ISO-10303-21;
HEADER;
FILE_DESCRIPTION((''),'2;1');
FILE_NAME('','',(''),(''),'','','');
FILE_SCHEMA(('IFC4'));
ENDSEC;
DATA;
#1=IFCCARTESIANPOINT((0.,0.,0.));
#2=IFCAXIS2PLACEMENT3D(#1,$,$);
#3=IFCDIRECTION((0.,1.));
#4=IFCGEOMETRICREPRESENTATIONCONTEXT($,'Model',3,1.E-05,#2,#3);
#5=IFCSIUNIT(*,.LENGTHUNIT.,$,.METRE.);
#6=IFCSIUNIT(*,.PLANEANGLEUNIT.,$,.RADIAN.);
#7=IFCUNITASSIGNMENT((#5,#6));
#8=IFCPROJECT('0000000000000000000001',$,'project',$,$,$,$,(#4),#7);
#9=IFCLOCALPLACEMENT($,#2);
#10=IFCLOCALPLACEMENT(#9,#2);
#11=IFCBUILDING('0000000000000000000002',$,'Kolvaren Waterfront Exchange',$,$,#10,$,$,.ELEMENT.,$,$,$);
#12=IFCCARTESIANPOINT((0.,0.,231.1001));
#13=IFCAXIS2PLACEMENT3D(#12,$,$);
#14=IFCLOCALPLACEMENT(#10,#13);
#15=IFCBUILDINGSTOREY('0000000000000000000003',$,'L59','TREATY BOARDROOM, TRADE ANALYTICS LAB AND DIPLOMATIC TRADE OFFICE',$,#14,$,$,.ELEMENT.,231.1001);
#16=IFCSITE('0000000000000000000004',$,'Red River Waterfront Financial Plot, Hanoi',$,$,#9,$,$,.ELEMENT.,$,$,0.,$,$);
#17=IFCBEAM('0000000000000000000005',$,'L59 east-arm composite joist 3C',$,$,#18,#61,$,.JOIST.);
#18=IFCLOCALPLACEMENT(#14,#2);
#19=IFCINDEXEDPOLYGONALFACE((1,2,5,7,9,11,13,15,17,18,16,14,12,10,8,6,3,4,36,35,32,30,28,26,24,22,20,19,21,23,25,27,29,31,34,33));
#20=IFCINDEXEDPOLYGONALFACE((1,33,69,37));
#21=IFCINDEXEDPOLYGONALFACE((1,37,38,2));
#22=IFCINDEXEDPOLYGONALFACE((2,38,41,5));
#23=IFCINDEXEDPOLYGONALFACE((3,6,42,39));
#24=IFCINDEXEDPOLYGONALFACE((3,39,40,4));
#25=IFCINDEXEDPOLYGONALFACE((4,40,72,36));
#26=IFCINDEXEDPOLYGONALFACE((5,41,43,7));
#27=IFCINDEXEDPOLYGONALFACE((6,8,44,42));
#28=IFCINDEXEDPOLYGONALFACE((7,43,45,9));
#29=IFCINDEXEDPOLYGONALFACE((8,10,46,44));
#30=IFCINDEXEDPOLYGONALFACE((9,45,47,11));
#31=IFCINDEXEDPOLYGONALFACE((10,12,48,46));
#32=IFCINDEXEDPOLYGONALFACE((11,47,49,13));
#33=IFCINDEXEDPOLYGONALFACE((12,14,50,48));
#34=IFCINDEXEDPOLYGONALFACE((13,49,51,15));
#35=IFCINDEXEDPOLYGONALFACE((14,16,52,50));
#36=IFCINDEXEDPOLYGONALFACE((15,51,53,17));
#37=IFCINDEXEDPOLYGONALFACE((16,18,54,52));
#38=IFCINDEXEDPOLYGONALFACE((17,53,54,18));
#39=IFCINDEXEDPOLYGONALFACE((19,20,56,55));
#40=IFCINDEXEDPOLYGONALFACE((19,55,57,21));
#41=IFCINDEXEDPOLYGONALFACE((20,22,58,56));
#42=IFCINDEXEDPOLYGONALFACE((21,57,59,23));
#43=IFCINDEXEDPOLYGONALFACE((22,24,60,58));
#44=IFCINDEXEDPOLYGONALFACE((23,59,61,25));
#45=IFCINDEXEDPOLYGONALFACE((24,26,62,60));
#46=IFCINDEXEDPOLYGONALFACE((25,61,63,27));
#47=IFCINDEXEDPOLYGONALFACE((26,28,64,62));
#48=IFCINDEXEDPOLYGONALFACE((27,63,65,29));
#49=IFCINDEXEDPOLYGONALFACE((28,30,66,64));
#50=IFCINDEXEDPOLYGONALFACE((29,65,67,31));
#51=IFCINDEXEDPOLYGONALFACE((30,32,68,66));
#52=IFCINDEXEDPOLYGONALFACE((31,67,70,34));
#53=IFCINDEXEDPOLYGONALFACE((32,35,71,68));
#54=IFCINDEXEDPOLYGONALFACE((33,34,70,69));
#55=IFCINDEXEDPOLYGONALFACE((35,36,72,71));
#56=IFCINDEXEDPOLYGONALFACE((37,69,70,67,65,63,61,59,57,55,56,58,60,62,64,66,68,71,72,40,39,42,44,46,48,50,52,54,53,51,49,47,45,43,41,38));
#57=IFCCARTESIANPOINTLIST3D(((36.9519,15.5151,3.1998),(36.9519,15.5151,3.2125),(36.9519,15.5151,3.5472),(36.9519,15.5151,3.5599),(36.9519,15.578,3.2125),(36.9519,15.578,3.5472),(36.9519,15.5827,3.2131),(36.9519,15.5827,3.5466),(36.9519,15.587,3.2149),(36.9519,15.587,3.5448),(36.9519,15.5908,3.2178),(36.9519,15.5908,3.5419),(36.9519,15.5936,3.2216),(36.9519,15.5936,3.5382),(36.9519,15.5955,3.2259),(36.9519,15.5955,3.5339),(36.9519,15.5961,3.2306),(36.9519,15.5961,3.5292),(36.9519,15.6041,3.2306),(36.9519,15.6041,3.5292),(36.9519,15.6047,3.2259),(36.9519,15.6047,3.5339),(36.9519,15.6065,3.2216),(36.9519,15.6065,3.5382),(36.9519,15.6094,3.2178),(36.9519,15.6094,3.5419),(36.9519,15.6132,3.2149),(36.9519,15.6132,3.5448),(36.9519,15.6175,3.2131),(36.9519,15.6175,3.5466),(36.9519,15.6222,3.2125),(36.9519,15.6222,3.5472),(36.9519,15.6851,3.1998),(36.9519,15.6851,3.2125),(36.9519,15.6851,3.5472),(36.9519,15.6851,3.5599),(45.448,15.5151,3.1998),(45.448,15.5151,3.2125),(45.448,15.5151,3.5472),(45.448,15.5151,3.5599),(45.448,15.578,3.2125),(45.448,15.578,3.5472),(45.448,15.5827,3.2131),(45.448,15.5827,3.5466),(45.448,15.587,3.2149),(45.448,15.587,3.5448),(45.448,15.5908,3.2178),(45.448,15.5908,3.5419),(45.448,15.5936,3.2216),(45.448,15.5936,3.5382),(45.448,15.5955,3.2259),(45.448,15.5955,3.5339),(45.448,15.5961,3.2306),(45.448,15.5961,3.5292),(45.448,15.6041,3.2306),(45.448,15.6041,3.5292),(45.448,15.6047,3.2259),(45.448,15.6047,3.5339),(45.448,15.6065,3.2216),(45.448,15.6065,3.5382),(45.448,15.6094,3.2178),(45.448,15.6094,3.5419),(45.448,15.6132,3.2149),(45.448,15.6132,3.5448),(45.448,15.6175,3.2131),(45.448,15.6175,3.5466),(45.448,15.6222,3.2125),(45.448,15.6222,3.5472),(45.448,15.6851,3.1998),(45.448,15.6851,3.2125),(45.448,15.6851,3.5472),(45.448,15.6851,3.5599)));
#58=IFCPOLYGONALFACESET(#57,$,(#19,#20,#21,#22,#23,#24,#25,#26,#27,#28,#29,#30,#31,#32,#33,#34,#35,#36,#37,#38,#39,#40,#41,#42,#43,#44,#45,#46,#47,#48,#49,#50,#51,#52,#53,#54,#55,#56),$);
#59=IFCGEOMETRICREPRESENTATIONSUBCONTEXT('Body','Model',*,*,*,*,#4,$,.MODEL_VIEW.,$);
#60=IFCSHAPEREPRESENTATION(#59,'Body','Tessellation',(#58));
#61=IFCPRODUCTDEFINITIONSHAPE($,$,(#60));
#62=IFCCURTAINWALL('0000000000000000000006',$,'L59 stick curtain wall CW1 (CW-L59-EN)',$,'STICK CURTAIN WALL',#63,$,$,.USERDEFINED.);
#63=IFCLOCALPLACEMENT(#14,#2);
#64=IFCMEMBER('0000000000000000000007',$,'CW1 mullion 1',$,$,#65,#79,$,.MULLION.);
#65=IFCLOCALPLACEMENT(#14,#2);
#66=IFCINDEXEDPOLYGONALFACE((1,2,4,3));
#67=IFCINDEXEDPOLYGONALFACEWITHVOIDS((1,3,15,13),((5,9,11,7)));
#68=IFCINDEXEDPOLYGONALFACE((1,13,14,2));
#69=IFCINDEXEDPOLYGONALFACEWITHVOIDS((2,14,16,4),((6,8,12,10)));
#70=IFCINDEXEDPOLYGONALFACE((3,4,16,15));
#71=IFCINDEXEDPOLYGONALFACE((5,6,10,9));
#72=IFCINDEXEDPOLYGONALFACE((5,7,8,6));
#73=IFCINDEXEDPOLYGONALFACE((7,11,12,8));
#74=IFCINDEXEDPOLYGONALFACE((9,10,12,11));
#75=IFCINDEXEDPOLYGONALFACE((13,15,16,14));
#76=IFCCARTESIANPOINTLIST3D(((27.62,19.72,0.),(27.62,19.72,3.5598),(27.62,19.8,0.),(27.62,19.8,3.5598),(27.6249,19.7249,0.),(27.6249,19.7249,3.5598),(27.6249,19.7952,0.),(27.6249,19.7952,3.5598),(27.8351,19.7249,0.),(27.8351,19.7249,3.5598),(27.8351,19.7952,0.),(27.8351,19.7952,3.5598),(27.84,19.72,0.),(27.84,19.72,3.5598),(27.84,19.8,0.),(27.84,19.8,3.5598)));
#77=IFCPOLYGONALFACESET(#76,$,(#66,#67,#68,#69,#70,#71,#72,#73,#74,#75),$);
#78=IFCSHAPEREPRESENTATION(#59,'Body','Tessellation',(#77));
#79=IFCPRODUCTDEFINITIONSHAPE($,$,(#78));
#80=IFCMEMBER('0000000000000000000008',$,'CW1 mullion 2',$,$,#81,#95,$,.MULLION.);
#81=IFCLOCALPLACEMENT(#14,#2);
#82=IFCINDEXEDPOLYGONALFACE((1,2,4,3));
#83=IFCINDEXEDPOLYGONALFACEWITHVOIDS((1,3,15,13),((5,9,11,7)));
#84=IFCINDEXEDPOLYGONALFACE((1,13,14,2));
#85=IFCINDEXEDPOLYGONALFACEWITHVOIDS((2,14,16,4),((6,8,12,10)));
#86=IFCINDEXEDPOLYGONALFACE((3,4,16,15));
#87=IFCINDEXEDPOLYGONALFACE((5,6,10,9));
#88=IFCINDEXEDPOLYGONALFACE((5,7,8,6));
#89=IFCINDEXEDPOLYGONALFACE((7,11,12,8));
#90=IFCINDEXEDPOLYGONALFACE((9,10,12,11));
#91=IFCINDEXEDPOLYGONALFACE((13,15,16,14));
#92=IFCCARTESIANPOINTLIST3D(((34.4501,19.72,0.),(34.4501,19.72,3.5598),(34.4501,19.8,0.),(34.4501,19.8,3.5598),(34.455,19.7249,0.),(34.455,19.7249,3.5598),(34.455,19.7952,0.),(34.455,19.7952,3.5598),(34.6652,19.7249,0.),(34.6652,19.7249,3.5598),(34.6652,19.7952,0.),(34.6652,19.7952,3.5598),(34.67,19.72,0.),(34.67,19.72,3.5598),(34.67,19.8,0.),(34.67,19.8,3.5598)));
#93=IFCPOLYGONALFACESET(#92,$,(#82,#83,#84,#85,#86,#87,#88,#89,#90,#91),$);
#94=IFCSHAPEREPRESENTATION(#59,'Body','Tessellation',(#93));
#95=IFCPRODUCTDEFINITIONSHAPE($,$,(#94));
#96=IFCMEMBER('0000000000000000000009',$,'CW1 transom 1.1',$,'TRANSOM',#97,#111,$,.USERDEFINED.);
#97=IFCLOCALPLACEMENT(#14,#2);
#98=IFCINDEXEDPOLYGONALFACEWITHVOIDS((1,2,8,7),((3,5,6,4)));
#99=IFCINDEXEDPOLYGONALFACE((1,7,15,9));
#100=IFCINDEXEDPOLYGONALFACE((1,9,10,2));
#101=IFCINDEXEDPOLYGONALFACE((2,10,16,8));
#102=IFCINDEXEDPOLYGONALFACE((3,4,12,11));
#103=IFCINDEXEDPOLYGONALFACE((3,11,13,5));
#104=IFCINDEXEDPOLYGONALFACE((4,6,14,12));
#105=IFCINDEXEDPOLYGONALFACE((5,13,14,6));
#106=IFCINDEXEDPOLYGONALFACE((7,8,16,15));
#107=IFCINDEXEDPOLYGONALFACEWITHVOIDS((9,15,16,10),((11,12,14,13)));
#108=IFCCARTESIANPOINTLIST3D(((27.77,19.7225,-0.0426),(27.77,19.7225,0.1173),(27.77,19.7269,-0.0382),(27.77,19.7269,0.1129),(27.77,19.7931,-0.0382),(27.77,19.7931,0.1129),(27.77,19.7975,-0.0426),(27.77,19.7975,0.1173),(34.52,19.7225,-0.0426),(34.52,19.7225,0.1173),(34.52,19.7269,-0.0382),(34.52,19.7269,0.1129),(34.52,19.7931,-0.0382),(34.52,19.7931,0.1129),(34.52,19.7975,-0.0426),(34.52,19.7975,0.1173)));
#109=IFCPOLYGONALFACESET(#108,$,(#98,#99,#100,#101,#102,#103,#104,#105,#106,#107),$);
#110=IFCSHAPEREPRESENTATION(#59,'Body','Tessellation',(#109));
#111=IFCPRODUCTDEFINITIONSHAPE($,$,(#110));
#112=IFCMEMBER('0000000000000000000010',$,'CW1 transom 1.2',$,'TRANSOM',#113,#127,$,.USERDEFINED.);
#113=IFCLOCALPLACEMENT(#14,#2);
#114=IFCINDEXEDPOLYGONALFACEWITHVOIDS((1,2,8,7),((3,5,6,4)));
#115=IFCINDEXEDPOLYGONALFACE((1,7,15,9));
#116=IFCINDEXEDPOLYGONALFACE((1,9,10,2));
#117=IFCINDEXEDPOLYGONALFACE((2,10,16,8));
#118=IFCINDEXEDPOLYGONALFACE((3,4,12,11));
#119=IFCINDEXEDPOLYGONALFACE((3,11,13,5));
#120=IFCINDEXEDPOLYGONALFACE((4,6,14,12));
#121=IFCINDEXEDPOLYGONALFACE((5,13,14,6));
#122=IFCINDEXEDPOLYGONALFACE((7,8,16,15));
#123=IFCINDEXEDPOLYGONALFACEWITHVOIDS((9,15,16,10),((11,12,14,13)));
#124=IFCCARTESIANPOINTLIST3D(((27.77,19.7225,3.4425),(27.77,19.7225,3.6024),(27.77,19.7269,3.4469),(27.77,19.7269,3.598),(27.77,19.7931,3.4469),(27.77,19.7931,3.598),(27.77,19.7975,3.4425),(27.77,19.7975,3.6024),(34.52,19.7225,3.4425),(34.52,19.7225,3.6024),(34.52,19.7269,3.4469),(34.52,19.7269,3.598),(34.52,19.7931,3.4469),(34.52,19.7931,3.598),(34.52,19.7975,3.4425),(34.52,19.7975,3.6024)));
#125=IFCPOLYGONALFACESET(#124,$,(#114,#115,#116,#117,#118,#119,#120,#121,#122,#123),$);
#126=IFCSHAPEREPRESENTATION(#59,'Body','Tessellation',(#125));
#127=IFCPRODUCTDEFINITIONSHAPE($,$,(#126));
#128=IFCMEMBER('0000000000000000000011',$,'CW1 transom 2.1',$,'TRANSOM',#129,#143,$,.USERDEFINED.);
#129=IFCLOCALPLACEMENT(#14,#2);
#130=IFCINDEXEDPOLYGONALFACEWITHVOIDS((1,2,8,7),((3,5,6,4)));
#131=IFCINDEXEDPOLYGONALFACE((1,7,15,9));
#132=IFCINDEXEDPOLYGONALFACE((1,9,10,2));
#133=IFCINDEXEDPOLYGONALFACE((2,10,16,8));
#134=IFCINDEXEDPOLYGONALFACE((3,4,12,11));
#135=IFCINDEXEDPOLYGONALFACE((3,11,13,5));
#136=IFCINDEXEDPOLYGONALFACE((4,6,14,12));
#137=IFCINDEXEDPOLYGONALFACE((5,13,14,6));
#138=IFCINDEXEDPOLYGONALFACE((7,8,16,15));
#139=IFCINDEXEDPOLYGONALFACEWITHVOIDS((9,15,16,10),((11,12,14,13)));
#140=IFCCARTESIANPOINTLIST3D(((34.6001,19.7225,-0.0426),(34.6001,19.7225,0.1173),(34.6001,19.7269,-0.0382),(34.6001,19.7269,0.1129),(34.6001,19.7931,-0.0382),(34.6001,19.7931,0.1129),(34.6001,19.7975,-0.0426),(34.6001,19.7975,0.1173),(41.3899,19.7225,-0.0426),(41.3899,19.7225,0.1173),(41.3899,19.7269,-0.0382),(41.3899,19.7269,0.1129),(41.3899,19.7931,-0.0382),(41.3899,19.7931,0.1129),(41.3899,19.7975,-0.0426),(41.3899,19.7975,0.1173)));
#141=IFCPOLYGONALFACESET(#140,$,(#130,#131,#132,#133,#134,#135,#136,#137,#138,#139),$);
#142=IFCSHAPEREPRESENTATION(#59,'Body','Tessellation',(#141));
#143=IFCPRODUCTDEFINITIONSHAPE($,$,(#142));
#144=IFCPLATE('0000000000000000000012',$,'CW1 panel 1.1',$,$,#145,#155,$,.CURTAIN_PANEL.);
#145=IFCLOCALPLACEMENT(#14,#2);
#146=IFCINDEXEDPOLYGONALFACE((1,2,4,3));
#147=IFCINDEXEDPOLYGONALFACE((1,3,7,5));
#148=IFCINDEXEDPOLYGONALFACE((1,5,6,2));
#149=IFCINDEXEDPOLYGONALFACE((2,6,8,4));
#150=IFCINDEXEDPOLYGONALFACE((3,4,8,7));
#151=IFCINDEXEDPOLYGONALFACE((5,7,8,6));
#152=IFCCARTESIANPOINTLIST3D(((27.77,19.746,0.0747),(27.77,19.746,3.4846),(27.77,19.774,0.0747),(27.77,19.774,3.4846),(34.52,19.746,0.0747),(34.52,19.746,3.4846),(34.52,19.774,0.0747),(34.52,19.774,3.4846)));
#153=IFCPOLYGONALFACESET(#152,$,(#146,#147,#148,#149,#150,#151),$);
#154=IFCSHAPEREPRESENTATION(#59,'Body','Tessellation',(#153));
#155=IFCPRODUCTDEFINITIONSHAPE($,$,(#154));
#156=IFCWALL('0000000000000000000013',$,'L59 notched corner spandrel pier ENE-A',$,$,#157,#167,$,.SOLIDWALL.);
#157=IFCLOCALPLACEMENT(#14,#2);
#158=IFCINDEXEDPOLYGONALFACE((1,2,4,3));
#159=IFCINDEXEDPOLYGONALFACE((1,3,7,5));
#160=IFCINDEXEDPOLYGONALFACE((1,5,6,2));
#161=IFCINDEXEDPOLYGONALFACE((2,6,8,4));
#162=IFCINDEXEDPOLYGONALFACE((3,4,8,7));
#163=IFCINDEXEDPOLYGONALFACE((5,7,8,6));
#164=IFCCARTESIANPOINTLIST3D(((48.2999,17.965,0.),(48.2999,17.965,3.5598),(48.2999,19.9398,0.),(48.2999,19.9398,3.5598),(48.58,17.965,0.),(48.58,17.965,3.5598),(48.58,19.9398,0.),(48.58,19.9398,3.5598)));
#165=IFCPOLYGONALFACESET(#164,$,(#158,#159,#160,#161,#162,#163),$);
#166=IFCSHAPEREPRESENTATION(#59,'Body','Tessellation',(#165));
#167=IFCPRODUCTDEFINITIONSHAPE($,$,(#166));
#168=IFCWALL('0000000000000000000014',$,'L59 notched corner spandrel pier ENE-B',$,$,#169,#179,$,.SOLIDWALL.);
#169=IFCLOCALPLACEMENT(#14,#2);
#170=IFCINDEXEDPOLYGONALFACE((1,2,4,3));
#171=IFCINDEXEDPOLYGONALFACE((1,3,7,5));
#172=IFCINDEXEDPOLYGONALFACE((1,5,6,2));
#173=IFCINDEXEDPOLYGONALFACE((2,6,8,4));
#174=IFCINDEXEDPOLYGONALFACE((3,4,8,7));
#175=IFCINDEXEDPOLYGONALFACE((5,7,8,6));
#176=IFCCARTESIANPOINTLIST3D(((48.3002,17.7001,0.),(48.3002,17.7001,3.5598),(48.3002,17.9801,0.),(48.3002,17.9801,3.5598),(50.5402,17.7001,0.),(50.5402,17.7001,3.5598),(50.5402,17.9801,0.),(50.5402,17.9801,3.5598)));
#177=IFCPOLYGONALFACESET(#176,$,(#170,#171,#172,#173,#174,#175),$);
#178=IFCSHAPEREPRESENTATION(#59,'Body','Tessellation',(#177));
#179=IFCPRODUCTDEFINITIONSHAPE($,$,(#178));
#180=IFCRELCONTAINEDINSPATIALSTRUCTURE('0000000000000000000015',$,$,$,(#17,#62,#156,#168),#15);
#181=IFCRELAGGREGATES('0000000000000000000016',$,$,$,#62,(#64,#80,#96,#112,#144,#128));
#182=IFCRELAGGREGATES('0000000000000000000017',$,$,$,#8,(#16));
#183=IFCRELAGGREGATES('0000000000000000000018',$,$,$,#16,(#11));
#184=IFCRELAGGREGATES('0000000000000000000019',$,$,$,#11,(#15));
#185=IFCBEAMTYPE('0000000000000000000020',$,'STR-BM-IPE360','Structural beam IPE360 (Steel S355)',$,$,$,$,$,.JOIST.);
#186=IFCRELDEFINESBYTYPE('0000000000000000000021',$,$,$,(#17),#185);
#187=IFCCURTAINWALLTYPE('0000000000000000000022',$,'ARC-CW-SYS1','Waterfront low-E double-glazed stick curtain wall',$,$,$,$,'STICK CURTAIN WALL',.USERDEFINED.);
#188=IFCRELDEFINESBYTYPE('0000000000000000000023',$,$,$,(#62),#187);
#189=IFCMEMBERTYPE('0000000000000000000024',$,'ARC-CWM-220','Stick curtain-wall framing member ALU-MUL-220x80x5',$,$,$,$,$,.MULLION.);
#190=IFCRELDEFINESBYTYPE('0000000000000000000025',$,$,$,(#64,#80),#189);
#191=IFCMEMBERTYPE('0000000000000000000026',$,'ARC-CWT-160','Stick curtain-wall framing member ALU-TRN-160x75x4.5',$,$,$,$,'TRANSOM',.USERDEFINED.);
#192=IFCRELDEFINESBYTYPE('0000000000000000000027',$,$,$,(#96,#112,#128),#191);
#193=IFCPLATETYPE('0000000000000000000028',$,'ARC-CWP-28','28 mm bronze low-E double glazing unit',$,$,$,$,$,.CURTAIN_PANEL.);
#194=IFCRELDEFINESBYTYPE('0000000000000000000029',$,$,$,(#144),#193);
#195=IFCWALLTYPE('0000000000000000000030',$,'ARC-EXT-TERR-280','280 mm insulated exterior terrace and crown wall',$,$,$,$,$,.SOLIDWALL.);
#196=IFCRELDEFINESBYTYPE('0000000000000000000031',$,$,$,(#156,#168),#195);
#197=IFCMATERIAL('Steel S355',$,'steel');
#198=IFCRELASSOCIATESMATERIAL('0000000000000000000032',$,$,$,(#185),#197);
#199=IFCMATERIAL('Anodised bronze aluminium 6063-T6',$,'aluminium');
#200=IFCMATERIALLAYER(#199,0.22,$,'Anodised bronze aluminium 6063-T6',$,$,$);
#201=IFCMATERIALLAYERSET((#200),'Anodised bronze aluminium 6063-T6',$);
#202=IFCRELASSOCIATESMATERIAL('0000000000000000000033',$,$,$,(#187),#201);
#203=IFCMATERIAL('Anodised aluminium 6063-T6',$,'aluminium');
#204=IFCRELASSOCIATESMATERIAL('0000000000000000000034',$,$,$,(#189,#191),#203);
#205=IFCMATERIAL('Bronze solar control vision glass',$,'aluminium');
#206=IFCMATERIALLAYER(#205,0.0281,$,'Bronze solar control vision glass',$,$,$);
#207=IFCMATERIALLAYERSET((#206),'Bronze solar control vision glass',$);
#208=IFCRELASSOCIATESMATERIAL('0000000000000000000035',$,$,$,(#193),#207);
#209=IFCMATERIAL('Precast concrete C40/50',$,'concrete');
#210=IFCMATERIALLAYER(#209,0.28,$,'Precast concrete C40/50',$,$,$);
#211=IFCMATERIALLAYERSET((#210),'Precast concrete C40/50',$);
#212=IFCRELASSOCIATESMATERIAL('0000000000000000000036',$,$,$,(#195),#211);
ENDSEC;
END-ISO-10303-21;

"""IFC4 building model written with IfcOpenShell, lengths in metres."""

from ifc_helpers import new_model, si_unit, direction, frame, frame_2d, origin, origin_with_axes, origin_2d, place, context, subcontext, project, spatial, rectangle, hollow_rectangle, i_section, extrude, source, transform, mapped, material, layer, layer_set, material_profile, profile_set, type_object, element, aggregate, save


model = new_model("IFC4")

# Units and contexts
model_context = context("Model", 3, precision=1e-05, world=origin(), true_north=direction((0.0, 1.0)))
body_context = subcontext(model_context, "Body", "Model", "MODEL_VIEW")
ifc_project = project(units=[si_unit("LENGTHUNIT", "METRE"), si_unit("PLANEANGLEUNIT", "RADIAN")], contexts=[model_context])

# Site, building, storey
site_placement = place(None, origin())
site = spatial("IfcSite", under=ifc_project, at=site_placement, Name="Red River Waterfront Financial Plot, Hanoi", CompositionType="ELEMENT", RefElevation=0.0)
building_placement = place(site_placement, origin())
building = spatial("IfcBuilding", under=site, at=building_placement, Name="Kolvaren Waterfront Exchange", CompositionType="ELEMENT")
storey_placement = place(building_placement, frame((0.0, 0.0, 231.1001)))
storey = spatial("IfcBuildingStorey", under=building, at=storey_placement, Name="L59", Description="TREATY BOARDROOM, TRADE ANALYTICS LAB AND DIPLOMATIC TRADE OFFICE", CompositionType="ELEMENT", Elevation=231.1001)

# Beam
ifc_material_1 = material(Name="Steel S355", Category="steel")
ifc_material_profile_1 = material_profile(ifc_material_1, i_section(OverallWidth=0.1699, OverallDepth=0.3601, WebThickness=0.0081, FlangeThickness=0.0127, FilletRadius=0.0181, at=origin_2d()), Name="IPE360")
ifc_profile_set_1 = profile_set([ifc_material_profile_1], Name="Steel S355")
beam_type_1 = type_object("IfcBeamType", Name="STR-BM-IPE360", Description="Structural beam IPE360 (Steel S355)", PredefinedType="JOIST", material=ifc_profile_set_1)
for number, where, z_axis, x_axis, name in (
    (1, (36.9519, 15.6001, 3.3799), (1.0, 0.0, 0.0), (0.0, 1.0, 0.0), "L59 east-arm composite joist 3C"),
):
    element("IfcBeam", number, at=place(storey_placement, frame(where, z_axis=z_axis, x_axis=x_axis)), inside=storey, type_object=beam_type_1, Name=name, PredefinedType="JOIST", context=body_context, shape_type="SweptSolid", body=[
        extrude(i_section(OverallWidth=0.1699, OverallDepth=0.3601, WebThickness=0.0081, FlangeThickness=0.0127, FilletRadius=0.0181, at=origin_2d()), origin(), (0.0, 0.0, 1.0), 8.4961),
    ])

# Curtain wall, members, plate
ifc_material_2 = material(Name="Anodised bronze aluminium 6063-T6", Category="aluminium")
ifc_layer_1 = layer(ifc_material_2, 0.22, Name="Anodised bronze aluminium 6063-T6")
ifc_layer_set_1 = layer_set([ifc_layer_1], Name="Anodised bronze aluminium 6063-T6")
curtain_wall_type = type_object("IfcCurtainWallType", Name="ARC-CW-SYS1", Description="Waterfront low-E double-glazed stick curtain wall", ElementType="STICK CURTAIN WALL", PredefinedType="USERDEFINED", material=ifc_layer_set_1)
curtain_wall_placement = place(storey_placement, origin())
curtain_wall = element("IfcCurtainWall", 2, at=curtain_wall_placement, inside=storey, type_object=curtain_wall_type, Name="L59 stick curtain wall CW1 (CW-L59-EN)", ObjectType="STICK CURTAIN WALL", PredefinedType="USERDEFINED")
ifc_material_3 = material(Name="Anodised aluminium 6063-T6", Category="aluminium")
ifc_material_profile_2 = material_profile(ifc_material_3, hollow_rectangle(XDim=0.0801, YDim=0.22, WallThickness=0.0049, at=origin_2d()), Name="ALU-MUL-220x80x5")
ifc_profile_set_2 = profile_set([ifc_material_profile_2], Name="Anodised aluminium 6063-T6")
member_type_1 = type_object("IfcMemberType", Name="ARC-CWM-220", Description="Stick curtain-wall framing member ALU-MUL-220x80x5", PredefinedType="MULLION", material=ifc_profile_set_2)
shared_shape_1 = source(origin_with_axes(), body_context, "Body", "SweptSolid", [
    extrude(hollow_rectangle(XDim=0.0801, YDim=0.22, WallThickness=0.0049, at=origin_2d()), origin(), (0.0, 0.0, 1.0), 3.5598),
])
member_1_placement = place(storey_placement, frame((27.73, 19.76, 0.0), z_axis=(0.0, 0.0, 1.0), x_axis=(0.0, 1.0, 0.0)))
member_1 = element("IfcMember", 3, at=member_1_placement, type_object=member_type_1, Name="CW1 mullion 1", PredefinedType="MULLION", context=body_context, shape_type="MappedRepresentation", body=[
    mapped(shared_shape_1, transform((0.0, 0.0, 0.0), x_axis=(1.0, 0.0, 0.0), y_axis=(0.0, 1.0, 0.0), z_axis=(0.0, 0.0, 1.0), scale=1.0)),
])
member_2_placement = place(storey_placement, frame((34.5601, 19.76, 0.0), z_axis=(0.0, 0.0, 1.0), x_axis=(0.0, 1.0, 0.0)))
member_2 = element("IfcMember", 4, at=member_2_placement, type_object=member_type_1, Name="CW1 mullion 2", PredefinedType="MULLION", context=body_context, shape_type="MappedRepresentation", body=[
    mapped(shared_shape_1, transform((0.0, 0.0, 0.0), x_axis=(1.0, 0.0, 0.0), y_axis=(0.0, 1.0, 0.0), z_axis=(0.0, 0.0, 1.0), scale=1.0)),
])
ifc_material_profile_3 = material_profile(ifc_material_3, hollow_rectangle(XDim=0.075, YDim=0.1599, WallThickness=0.0044, at=origin_2d()), Name="ALU-TRN-160x75x4.5")
ifc_profile_set_3 = profile_set([ifc_material_profile_3], Name="Anodised aluminium 6063-T6")
member_type_2 = type_object("IfcMemberType", Name="ARC-CWT-160", Description="Stick curtain-wall framing member ALU-TRN-160x75x4.5", ElementType="TRANSOM", PredefinedType="USERDEFINED", material=ifc_profile_set_3)
shared_shape_2 = source(origin_with_axes(), body_context, "Body", "SweptSolid", [
    extrude(hollow_rectangle(XDim=0.075, YDim=0.1599, WallThickness=0.0044, at=origin_2d()), origin(), (0.0, 0.0, 1.0), 6.75),
])
member_3_placement = place(storey_placement, frame((27.77, 19.76, 0.0374), z_axis=(1.0, 0.0, 0.0), x_axis=(0.0, 1.0, 0.0)))
member_3 = element("IfcMember", 5, at=member_3_placement, type_object=member_type_2, Name="CW1 transom 1.1", ObjectType="TRANSOM", PredefinedType="USERDEFINED", context=body_context, shape_type="MappedRepresentation", body=[
    mapped(shared_shape_2, transform((0.0, 0.0, 0.0), x_axis=(1.0, 0.0, 0.0), y_axis=(0.0, 1.0, 0.0), z_axis=(0.0, 0.0, 1.0), scale=1.0)),
])
member_4_placement = place(storey_placement, frame((27.77, 19.76, 3.5225), z_axis=(1.0, 0.0, 0.0), x_axis=(0.0, 1.0, 0.0)))
member_4 = element("IfcMember", 6, at=member_4_placement, type_object=member_type_2, Name="CW1 transom 1.2", ObjectType="TRANSOM", PredefinedType="USERDEFINED", context=body_context, shape_type="MappedRepresentation", body=[
    mapped(shared_shape_2, transform((0.0, 0.0, 0.0), x_axis=(1.0, 0.0, 0.0), y_axis=(0.0, 1.0, 0.0), z_axis=(0.0, 0.0, 1.0), scale=1.0)),
])
shared_shape_3 = source(origin_with_axes(), body_context, "Body", "SweptSolid", [
    extrude(hollow_rectangle(XDim=0.075, YDim=0.1599, WallThickness=0.0044, at=origin_2d()), origin(), (0.0, 0.0, 1.0), 6.7898),
])
member_5_placement = place(storey_placement, frame((34.6001, 19.76, 0.0374), z_axis=(1.0, 0.0, 0.0), x_axis=(0.0, 1.0, 0.0)))
member_5 = element("IfcMember", 7, at=member_5_placement, type_object=member_type_2, Name="CW1 transom 2.1", ObjectType="TRANSOM", PredefinedType="USERDEFINED", context=body_context, shape_type="MappedRepresentation", body=[
    mapped(shared_shape_3, transform((0.0, 0.0, 0.0), x_axis=(1.0, 0.0, 0.0), y_axis=(0.0, 1.0, 0.0), z_axis=(0.0, 0.0, 1.0), scale=1.0)),
])
ifc_material_4 = material(Name="Bronze solar control vision glass", Category="aluminium")
ifc_layer_2 = layer(ifc_material_4, 0.0281, Name="Bronze solar control vision glass")
ifc_layer_set_2 = layer_set([ifc_layer_2], Name="Bronze solar control vision glass")
plate_type = type_object("IfcPlateType", Name="ARC-CWP-28", Description="28 mm bronze low-E double glazing unit", PredefinedType="CURTAIN_PANEL", material=ifc_layer_set_2)
shared_shape_4 = source(origin_with_axes(), body_context, "Body", "SweptSolid", [
    extrude(rectangle(XDim=6.75, YDim=0.0281, at=origin_2d()), origin(), (0.0, 0.0, 1.0), 3.4099),
])
plate_placement = place(storey_placement, frame((31.145, 19.76, 0.0747), z_axis=(0.0, 0.0, 1.0), x_axis=(1.0, 0.0, 0.0)))
plate = element("IfcPlate", 8, at=plate_placement, type_object=plate_type, Name="CW1 panel 1.1", PredefinedType="CURTAIN_PANEL", context=body_context, shape_type="MappedRepresentation", body=[
    mapped(shared_shape_4, transform((0.0, 0.0, 0.0), x_axis=(1.0, 0.0, 0.0), y_axis=(0.0, 1.0, 0.0), z_axis=(0.0, 0.0, 1.0), scale=1.0)),
])
aggregate(curtain_wall, [member_1, member_2, member_3, member_4, plate, member_5])

# Walls
ifc_material_5 = material(Name="Precast concrete C40/50", Category="concrete")
ifc_layer_3 = layer(ifc_material_5, 0.28, Name="Precast concrete C40/50")
ifc_layer_set_3 = layer_set([ifc_layer_3], Name="Precast concrete C40/50")
wall_type_1 = type_object("IfcWallType", Name="ARC-EXT-TERR-280", Description="280 mm insulated exterior terrace and crown wall", PredefinedType="SOLIDWALL", material=ifc_layer_set_3)
wall_1_placement = place(storey_placement, frame((48.4399, 17.9651, 0.0), z_axis=(0.0, 0.0, 1.0), x_axis=(0.0, 1.0, 0.0)))
element("IfcWall", 9, at=wall_1_placement, inside=storey, type_object=wall_type_1, Name="L59 notched corner spandrel pier ENE-A", PredefinedType="SOLIDWALL", context=body_context, shape_type="SweptSolid", body=[
    extrude(rectangle(XDim=1.9749, YDim=0.28, at=frame_2d((0.9873, 0.0))), origin(), (0.0, 0.0, 1.0), 3.5598),
])
wall_2_placement = place(storey_placement, frame((48.3, 17.8401, 0.0), z_axis=(0.0, 0.0, 1.0), x_axis=(1.0, 0.0, 0.0)))
element("IfcWall", 10, at=wall_2_placement, inside=storey, type_object=wall_type_1, Name="L59 notched corner spandrel pier ENE-B", PredefinedType="SOLIDWALL", context=body_context, shape_type="SweptSolid", body=[
    extrude(rectangle(XDim=2.24, YDim=0.28, at=frame_2d((1.1201, 0.0))), origin(), (0.0, 0.0, 1.0), 3.5598),
])

save(model, "model.ifc")
